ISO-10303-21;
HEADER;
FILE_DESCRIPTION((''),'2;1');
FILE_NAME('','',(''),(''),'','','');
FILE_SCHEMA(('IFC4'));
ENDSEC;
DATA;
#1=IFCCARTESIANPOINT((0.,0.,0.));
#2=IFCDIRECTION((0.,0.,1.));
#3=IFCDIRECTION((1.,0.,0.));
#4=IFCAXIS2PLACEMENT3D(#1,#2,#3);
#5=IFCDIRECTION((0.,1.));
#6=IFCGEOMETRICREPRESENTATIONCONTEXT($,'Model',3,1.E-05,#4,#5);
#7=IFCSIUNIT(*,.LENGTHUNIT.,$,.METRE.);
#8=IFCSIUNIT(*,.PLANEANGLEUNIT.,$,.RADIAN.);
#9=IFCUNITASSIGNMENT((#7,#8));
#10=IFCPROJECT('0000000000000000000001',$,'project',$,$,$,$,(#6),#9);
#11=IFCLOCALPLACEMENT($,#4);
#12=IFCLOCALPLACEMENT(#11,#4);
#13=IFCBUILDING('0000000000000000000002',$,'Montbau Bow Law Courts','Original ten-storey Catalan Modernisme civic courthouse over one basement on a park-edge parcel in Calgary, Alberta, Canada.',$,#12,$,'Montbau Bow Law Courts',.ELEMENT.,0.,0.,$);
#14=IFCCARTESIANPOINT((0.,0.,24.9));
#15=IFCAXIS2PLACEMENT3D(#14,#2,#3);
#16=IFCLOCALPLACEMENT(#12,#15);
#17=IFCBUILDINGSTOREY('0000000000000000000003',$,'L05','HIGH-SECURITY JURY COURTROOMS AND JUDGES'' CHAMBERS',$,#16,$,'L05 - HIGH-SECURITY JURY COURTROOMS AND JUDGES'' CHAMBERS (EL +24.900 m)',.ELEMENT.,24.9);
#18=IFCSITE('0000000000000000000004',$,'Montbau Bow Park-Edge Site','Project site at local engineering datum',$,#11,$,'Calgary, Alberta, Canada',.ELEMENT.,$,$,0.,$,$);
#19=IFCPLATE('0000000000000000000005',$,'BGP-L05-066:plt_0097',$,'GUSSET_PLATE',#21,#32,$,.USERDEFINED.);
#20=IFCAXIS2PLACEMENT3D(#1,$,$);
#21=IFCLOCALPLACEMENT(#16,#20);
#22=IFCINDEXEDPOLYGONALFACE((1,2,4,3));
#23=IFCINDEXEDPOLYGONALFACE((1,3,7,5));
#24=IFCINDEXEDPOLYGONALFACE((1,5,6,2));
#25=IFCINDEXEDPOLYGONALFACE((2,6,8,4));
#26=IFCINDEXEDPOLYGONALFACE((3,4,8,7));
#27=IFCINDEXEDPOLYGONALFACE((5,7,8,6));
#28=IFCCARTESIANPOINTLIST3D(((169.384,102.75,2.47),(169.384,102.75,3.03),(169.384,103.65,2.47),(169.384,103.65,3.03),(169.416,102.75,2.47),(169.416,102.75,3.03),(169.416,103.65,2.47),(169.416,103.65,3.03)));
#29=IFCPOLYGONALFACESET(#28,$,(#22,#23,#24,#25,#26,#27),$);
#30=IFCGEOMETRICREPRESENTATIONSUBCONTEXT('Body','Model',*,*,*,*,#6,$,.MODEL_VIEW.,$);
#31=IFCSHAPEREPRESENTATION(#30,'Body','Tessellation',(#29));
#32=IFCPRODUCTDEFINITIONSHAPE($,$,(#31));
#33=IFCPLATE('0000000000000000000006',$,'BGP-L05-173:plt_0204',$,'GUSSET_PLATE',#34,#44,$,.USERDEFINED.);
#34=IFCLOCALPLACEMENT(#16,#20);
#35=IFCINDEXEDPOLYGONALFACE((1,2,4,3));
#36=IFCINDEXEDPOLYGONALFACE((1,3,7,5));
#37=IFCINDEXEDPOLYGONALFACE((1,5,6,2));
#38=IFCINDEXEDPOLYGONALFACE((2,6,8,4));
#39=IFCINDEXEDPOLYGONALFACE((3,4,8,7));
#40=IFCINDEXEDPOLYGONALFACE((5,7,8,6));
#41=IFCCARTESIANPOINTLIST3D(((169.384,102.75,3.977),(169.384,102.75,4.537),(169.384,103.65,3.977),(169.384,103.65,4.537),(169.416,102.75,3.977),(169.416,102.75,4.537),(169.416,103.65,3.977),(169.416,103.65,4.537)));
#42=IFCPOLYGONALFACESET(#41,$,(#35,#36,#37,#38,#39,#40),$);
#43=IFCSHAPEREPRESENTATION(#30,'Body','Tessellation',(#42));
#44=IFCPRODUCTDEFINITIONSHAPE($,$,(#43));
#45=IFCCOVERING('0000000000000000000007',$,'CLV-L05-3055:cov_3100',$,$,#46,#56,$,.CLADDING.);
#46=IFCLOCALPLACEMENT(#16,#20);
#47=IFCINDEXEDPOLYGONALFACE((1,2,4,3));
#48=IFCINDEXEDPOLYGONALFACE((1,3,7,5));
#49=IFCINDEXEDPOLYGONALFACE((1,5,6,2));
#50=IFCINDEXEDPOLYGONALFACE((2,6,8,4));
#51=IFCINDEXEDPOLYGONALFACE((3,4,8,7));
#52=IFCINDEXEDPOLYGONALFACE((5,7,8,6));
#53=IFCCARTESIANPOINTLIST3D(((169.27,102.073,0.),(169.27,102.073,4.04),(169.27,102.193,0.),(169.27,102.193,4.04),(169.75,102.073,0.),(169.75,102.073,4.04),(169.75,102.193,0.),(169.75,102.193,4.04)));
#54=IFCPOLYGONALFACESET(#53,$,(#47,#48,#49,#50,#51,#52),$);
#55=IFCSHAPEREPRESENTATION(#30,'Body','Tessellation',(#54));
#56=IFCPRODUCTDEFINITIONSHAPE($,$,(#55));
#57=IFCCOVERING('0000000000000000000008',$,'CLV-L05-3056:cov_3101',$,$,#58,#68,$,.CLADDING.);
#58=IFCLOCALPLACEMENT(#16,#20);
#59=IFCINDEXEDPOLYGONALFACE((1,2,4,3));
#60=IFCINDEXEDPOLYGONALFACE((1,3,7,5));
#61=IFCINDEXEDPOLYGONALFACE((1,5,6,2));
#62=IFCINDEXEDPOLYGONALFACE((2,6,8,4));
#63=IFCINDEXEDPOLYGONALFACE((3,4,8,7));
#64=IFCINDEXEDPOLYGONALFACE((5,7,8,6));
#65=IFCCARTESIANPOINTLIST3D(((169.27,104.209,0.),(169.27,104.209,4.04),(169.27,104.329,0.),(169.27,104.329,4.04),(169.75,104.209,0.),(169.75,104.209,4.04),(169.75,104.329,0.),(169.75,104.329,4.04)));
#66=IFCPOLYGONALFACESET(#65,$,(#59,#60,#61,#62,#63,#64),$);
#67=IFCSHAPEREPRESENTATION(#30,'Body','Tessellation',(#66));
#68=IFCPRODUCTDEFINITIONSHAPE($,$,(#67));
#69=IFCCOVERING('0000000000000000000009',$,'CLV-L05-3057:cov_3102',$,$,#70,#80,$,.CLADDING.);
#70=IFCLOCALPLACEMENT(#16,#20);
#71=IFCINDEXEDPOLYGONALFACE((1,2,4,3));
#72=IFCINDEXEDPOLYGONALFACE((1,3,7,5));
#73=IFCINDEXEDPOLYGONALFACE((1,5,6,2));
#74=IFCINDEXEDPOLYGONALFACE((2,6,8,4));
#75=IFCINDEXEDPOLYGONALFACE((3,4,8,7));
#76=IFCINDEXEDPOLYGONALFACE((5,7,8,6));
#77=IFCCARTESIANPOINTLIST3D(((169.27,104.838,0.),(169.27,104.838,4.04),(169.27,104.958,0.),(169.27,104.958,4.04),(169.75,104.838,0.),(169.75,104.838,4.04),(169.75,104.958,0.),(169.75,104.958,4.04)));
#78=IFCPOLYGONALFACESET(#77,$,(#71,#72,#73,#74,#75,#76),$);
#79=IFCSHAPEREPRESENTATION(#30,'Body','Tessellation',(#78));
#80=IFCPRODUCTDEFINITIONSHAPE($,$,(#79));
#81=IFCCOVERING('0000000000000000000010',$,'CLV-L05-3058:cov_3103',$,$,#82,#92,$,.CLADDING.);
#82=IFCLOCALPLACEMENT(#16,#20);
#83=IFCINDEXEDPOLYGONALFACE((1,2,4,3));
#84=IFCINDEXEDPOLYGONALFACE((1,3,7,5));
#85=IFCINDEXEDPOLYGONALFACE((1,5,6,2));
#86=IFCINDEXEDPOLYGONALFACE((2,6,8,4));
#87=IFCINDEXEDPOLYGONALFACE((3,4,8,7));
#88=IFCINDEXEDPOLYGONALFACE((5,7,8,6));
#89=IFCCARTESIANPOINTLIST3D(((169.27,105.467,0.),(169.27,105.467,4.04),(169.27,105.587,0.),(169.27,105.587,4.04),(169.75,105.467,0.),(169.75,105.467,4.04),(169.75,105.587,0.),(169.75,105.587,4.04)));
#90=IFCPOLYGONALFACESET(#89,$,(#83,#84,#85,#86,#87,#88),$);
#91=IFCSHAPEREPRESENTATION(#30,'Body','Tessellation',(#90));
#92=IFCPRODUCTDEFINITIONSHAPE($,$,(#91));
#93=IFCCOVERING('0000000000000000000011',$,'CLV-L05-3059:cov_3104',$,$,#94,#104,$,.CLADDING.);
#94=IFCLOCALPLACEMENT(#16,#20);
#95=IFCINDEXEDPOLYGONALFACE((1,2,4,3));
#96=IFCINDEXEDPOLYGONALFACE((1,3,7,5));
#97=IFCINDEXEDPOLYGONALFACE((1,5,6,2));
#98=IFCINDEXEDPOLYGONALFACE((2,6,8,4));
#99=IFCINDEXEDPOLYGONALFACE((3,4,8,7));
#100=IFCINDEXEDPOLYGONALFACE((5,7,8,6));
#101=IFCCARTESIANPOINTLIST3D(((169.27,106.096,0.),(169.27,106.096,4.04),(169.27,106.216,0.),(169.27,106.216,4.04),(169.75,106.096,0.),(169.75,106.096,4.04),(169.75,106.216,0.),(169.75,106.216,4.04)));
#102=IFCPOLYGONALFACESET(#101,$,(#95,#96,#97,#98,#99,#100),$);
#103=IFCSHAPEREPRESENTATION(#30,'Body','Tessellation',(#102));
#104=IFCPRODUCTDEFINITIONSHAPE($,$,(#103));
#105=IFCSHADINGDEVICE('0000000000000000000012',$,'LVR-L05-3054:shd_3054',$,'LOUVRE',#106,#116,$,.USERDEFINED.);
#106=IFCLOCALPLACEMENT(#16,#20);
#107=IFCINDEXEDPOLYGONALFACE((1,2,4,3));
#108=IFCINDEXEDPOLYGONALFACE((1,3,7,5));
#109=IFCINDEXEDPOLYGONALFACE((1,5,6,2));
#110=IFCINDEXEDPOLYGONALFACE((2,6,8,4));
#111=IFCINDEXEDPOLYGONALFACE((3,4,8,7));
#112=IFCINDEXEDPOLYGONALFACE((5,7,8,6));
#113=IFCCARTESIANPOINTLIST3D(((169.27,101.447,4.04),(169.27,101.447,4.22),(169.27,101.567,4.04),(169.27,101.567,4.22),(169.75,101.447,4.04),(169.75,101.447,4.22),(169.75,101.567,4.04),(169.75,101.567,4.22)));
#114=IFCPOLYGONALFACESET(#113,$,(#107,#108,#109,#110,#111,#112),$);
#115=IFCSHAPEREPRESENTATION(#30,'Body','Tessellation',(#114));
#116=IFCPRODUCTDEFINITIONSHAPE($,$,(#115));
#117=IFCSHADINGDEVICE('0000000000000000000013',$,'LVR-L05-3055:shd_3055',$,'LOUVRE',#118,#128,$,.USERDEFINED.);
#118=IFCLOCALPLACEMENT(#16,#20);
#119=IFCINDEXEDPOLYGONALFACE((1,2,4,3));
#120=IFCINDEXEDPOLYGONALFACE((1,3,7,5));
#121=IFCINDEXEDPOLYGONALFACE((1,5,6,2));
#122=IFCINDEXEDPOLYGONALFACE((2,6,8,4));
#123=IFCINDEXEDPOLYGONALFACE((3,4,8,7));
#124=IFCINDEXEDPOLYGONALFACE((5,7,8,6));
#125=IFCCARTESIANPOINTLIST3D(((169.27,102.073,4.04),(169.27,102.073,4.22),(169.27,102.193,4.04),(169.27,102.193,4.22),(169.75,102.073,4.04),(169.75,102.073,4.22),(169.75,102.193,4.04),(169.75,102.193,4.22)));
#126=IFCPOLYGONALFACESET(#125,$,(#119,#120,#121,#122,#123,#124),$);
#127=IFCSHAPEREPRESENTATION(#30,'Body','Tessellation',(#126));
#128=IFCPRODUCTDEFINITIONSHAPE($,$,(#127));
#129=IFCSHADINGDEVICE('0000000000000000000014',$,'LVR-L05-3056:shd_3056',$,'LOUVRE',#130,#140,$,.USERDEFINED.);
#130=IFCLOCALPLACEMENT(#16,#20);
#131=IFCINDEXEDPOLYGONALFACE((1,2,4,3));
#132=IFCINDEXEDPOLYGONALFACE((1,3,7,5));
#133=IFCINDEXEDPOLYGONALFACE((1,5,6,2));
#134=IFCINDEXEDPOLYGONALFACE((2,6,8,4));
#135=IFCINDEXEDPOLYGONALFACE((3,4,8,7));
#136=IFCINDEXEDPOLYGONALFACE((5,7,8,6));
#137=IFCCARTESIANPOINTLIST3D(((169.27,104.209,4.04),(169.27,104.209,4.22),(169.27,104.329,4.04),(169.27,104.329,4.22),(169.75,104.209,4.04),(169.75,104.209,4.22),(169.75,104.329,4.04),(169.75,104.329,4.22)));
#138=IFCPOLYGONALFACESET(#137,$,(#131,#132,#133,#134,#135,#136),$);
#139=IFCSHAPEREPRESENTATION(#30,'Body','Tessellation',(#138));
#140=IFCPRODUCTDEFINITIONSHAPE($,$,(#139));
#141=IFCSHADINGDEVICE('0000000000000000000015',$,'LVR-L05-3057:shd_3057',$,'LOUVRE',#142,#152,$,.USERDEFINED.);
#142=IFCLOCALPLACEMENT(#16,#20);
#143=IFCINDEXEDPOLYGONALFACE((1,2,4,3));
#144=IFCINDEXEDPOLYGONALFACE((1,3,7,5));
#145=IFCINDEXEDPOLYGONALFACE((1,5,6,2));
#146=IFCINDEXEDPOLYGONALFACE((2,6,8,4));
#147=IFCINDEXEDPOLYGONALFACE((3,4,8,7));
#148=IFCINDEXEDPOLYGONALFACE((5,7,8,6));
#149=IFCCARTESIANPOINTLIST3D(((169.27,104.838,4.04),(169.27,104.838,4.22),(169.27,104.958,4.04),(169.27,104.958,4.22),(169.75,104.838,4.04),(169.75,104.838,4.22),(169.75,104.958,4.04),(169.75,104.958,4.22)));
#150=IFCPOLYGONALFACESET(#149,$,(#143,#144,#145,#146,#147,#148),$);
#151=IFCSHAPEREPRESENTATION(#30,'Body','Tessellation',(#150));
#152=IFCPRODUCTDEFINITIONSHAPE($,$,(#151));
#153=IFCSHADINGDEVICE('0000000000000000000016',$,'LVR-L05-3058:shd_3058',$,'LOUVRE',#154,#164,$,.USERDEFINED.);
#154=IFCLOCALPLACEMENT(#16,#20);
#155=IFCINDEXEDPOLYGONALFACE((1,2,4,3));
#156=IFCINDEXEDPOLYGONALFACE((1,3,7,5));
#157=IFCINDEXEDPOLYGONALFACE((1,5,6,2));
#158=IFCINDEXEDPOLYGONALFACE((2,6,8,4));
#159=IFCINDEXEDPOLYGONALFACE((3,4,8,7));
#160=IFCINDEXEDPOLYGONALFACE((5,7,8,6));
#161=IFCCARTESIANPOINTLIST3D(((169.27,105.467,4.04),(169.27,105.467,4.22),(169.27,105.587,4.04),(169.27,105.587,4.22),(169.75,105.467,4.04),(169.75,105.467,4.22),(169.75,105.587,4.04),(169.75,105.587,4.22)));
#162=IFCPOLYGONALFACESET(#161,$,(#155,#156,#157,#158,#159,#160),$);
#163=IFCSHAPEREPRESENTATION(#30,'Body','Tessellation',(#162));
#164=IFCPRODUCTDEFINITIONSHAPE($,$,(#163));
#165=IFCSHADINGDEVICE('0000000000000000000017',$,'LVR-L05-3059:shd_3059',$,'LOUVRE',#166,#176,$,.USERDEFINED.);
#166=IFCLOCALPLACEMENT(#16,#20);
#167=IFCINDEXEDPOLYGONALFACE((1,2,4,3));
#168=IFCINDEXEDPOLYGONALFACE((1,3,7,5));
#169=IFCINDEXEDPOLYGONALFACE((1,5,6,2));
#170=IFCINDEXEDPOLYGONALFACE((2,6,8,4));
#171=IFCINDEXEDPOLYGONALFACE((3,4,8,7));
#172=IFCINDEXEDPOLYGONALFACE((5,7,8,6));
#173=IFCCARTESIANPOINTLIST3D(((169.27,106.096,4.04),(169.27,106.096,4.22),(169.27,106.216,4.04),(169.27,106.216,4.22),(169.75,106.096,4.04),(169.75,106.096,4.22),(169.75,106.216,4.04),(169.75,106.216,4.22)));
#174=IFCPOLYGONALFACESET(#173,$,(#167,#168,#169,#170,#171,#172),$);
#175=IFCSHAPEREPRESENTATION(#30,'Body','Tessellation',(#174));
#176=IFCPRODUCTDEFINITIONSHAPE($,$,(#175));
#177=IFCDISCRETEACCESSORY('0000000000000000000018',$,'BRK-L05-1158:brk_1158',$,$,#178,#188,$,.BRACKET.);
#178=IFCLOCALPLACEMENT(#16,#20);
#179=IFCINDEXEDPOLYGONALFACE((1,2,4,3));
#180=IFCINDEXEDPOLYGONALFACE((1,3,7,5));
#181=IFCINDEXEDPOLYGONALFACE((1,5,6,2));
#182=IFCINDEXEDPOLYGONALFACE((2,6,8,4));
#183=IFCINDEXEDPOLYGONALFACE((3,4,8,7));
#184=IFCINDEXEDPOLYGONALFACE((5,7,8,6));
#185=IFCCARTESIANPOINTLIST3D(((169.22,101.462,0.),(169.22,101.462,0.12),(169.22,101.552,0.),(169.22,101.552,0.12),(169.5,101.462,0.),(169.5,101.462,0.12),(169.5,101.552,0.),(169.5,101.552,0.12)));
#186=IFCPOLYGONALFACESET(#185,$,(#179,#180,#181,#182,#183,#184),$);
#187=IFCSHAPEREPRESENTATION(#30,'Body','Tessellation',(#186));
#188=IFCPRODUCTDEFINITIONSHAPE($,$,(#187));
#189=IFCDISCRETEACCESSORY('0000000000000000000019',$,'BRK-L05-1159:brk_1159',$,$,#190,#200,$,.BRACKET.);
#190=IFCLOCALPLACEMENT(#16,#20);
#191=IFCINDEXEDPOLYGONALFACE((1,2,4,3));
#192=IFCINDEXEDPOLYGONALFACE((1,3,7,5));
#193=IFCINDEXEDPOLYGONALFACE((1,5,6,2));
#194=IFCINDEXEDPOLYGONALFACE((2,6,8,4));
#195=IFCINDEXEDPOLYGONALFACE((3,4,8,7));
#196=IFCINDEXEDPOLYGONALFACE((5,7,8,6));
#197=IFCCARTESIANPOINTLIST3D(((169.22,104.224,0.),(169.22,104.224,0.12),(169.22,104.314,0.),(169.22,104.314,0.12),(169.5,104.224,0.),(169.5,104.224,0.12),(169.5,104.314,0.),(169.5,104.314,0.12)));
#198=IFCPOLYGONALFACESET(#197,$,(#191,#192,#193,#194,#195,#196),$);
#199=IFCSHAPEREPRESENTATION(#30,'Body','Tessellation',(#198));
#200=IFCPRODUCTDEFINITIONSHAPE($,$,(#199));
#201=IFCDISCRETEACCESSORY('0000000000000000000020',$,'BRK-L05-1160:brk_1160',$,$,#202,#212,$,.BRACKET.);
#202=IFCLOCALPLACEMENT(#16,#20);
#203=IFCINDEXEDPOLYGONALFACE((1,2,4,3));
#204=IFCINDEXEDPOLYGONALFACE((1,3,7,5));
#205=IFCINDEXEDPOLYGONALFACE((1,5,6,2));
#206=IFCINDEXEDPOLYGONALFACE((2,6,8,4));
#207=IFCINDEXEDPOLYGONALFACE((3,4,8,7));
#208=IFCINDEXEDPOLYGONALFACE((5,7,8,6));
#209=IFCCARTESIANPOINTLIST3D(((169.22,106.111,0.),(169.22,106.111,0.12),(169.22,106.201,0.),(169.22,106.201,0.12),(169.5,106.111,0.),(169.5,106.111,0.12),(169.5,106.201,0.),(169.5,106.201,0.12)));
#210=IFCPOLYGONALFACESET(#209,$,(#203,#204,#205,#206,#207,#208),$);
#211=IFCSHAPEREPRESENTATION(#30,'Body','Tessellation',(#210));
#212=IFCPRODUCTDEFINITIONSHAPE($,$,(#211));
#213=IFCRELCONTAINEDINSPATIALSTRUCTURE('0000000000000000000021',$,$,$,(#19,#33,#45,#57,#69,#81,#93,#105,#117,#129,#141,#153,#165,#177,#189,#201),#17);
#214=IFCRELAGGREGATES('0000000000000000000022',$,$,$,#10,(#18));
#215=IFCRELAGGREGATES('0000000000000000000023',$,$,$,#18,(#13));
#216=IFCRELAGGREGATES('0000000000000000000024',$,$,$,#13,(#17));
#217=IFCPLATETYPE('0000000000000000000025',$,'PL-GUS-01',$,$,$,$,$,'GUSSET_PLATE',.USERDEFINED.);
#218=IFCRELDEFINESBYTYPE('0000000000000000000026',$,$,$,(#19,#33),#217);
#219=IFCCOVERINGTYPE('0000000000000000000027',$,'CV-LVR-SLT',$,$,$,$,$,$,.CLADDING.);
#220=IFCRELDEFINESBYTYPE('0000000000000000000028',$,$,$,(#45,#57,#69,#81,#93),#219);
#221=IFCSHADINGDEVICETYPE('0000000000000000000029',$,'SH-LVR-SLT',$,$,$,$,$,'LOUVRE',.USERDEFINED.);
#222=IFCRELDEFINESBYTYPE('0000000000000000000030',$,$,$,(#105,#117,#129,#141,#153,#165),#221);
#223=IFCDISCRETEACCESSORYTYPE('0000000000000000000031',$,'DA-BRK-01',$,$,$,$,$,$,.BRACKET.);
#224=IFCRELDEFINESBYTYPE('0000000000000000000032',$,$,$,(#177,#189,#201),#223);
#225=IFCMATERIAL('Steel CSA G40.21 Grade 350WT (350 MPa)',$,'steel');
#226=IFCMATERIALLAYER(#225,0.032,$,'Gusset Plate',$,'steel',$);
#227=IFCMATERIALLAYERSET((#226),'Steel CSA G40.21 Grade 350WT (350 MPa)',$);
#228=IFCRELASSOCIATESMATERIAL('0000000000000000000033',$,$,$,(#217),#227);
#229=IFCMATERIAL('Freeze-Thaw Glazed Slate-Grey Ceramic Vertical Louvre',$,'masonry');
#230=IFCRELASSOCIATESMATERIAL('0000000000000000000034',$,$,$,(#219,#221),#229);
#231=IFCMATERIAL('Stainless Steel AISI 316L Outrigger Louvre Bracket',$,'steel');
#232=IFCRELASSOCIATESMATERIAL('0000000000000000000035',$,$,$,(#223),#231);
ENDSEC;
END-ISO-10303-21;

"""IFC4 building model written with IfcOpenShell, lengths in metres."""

from ifc_helpers import new_model, si_unit, direction, frame, frame_2d, origin_with_axes, origin_2d_with_axis, place, context, subcontext, project, spatial, rectangle, extrude, material, layer, layer_set, type_object, element, save


model = new_model("IFC4")

# Units and contexts
model_context = context("Model", 3, precision=1e-05, world=origin_with_axes(), true_north=direction((0.0, 1.0)))
body_context = subcontext(model_context, "Body", "Model", "MODEL_VIEW")
ifc_project = project(units=[si_unit("LENGTHUNIT", "METRE"), si_unit("PLANEANGLEUNIT", "RADIAN")], contexts=[model_context])

# Site, building, storey
site_placement = place(None, origin_with_axes())
site = spatial("IfcSite", under=ifc_project, at=site_placement, Name="Montbau Bow Park-Edge Site", Description="Project site at local engineering datum", LongName="Calgary, Alberta, Canada", CompositionType="ELEMENT", RefElevation=0.0)
building_placement = place(site_placement, origin_with_axes())
building = spatial("IfcBuilding", under=site, at=building_placement, Name="Montbau Bow Law Courts", Description="Original ten-storey Catalan Modernisme civic courthouse over one basement on a park-edge parcel in Calgary, Alberta, Canada.", LongName="Montbau Bow Law Courts", CompositionType="ELEMENT", ElevationOfRefHeight=0.0, ElevationOfTerrain=0.0)
storey_placement = place(building_placement, frame((0.0, 0.0, 24.9), z_axis=(0.0, 0.0, 1.0), x_axis=(1.0, 0.0, 0.0)))
storey = spatial("IfcBuildingStorey", under=building, at=storey_placement, Name="L05", Description="HIGH-SECURITY JURY COURTROOMS AND JUDGES' CHAMBERS", LongName="L05 - HIGH-SECURITY JURY COURTROOMS AND JUDGES' CHAMBERS (EL +24.900 m)", CompositionType="ELEMENT", Elevation=24.9)

# Shared definitions
ifc_material_1 = material(Name="Steel CSA G40.21 Grade 350WT (350 MPa)", Category="steel")

# Plates
ifc_layer = layer(ifc_material_1, 0.032, Name="Gusset Plate", Category="steel")
ifc_layer_set = layer_set([ifc_layer], Name="Steel CSA G40.21 Grade 350WT (350 MPa)")
plate_type = type_object("IfcPlateType", Name="PL-GUS-01", ElementType="GUSSET_PLATE", PredefinedType="USERDEFINED", material=ifc_layer_set)
for number, where, z_axis, x_axis, name in (
    (1, (169.4, 103.2, 27.37), (0.0, 0.0, 1.0), (0.0, 1.0, 0.0), "BGP-L05-066:plt_0097"),
    (2, (169.4, 103.2, 28.877), (0.0, 0.0, 1.0), (0.0, 1.0, 0.0), "BGP-L05-173:plt_0204"),
):
    element("IfcPlate", number, at=place(None, frame(where, z_axis=z_axis, x_axis=x_axis)), inside=storey, type_object=plate_type, Name=name, ObjectType="GUSSET_PLATE", PredefinedType="USERDEFINED", context=body_context, shape_type="SweptSolid", body=[
        extrude(rectangle(XDim=0.9, YDim=0.032, at=origin_2d_with_axis()), origin_with_axes(), (0.0, 0.0, 1.0), 0.56),
    ])

# Coverings
ifc_material_2 = material(Name="Freeze-Thaw Glazed Slate-Grey Ceramic Vertical Louvre", Category="masonry")
covering_type = type_object("IfcCoveringType", Name="CV-LVR-SLT", PredefinedType="CLADDING", material=ifc_material_2)
for number, where, z_axis, x_axis, name in (
    (3, (169.27, 102.133, 24.9), (0.0, -1.0, 0.0), (1.0, 0.0, 0.0), "CLV-L05-3055:cov_3100"),
    (4, (169.27, 104.269, 24.9), (0.0, -1.0, 0.0), (1.0, 0.0, 0.0), "CLV-L05-3056:cov_3101"),
    (5, (169.27, 104.898, 24.9), (0.0, -1.0, 0.0), (1.0, 0.0, 0.0), "CLV-L05-3057:cov_3102"),
    (6, (169.27, 105.527, 24.9), (0.0, -1.0, 0.0), (1.0, 0.0, 0.0), "CLV-L05-3058:cov_3103"),
    (7, (169.27, 106.156, 24.9), (0.0, -1.0, 0.0), (1.0, 0.0, 0.0), "CLV-L05-3059:cov_3104"),
):
    element("IfcCovering", number, at=place(None, frame(where, z_axis=z_axis, x_axis=x_axis)), inside=storey, type_object=covering_type, Name=name, PredefinedType="CLADDING", context=body_context, shape_type="SweptSolid", body=[
        extrude(rectangle(XDim=0.48, YDim=4.04, at=frame_2d((0.24, 2.02), x_axis=(1.0, 0.0))), frame((0.0, 0.0, -0.06), z_axis=(0.0, 0.0, 1.0), x_axis=(1.0, 0.0, 0.0)), (0.0, 0.0, 1.0), 0.12),
    ])

# Shading devices
shading_device_type = type_object("IfcShadingDeviceType", Name="SH-LVR-SLT", ElementType="LOUVRE", PredefinedType="USERDEFINED", material=ifc_material_2)
for number, where, z_axis, x_axis, name in (
    (8, (169.51, 101.507, 28.94), (0.0, 0.0, 1.0), (1.0, 0.0, 0.0), "LVR-L05-3054:shd_3054"),
    (9, (169.51, 102.133, 28.94), (0.0, 0.0, 1.0), (1.0, 0.0, 0.0), "LVR-L05-3055:shd_3055"),
    (10, (169.51, 104.269, 28.94), (0.0, 0.0, 1.0), (1.0, 0.0, 0.0), "LVR-L05-3056:shd_3056"),
    (11, (169.51, 104.898, 28.94), (0.0, 0.0, 1.0), (1.0, 0.0, 0.0), "LVR-L05-3057:shd_3057"),
    (12, (169.51, 105.527, 28.94), (0.0, 0.0, 1.0), (1.0, 0.0, 0.0), "LVR-L05-3058:shd_3058"),
    (13, (169.51, 106.156, 28.94), (0.0, 0.0, 1.0), (1.0, 0.0, 0.0), "LVR-L05-3059:shd_3059"),
):
    element("IfcShadingDevice", number, at=place(None, frame(where, z_axis=z_axis, x_axis=x_axis)), inside=storey, type_object=shading_device_type, Name=name, ObjectType="LOUVRE", PredefinedType="USERDEFINED", context=body_context, shape_type="SweptSolid", body=[
        extrude(rectangle(XDim=0.48, YDim=0.12, at=origin_2d_with_axis()), origin_with_axes(), (0.0, 0.0, 1.0), 0.18),
    ])

# Discrete accessories
ifc_material_3 = material(Name="Stainless Steel AISI 316L Outrigger Louvre Bracket", Category="steel")
discrete_accessory_type = type_object("IfcDiscreteAccessoryType", Name="DA-BRK-01", PredefinedType="BRACKET", material=ifc_material_3)
for number, where, z_axis, x_axis, name in (
    (14, (169.36, 101.507, 24.9), (0.0, 0.0, 1.0), (1.0, 0.0, 0.0), "BRK-L05-1158:brk_1158"),
    (15, (169.36, 104.269, 24.9), (0.0, 0.0, 1.0), (1.0, 0.0, 0.0), "BRK-L05-1159:brk_1159"),
    (16, (169.36, 106.156, 24.9), (0.0, 0.0, 1.0), (1.0, 0.0, 0.0), "BRK-L05-1160:brk_1160"),
):
    element("IfcDiscreteAccessory", number, at=place(None, frame(where, z_axis=z_axis, x_axis=x_axis)), inside=storey, type_object=discrete_accessory_type, Name=name, PredefinedType="BRACKET", context=body_context, shape_type="SweptSolid", body=[
        extrude(rectangle(XDim=0.28, YDim=0.09, at=origin_2d_with_axis()), origin_with_axes(), (0.0, 0.0, 1.0), 0.12),
    ])

save(model, "model.ifc")
